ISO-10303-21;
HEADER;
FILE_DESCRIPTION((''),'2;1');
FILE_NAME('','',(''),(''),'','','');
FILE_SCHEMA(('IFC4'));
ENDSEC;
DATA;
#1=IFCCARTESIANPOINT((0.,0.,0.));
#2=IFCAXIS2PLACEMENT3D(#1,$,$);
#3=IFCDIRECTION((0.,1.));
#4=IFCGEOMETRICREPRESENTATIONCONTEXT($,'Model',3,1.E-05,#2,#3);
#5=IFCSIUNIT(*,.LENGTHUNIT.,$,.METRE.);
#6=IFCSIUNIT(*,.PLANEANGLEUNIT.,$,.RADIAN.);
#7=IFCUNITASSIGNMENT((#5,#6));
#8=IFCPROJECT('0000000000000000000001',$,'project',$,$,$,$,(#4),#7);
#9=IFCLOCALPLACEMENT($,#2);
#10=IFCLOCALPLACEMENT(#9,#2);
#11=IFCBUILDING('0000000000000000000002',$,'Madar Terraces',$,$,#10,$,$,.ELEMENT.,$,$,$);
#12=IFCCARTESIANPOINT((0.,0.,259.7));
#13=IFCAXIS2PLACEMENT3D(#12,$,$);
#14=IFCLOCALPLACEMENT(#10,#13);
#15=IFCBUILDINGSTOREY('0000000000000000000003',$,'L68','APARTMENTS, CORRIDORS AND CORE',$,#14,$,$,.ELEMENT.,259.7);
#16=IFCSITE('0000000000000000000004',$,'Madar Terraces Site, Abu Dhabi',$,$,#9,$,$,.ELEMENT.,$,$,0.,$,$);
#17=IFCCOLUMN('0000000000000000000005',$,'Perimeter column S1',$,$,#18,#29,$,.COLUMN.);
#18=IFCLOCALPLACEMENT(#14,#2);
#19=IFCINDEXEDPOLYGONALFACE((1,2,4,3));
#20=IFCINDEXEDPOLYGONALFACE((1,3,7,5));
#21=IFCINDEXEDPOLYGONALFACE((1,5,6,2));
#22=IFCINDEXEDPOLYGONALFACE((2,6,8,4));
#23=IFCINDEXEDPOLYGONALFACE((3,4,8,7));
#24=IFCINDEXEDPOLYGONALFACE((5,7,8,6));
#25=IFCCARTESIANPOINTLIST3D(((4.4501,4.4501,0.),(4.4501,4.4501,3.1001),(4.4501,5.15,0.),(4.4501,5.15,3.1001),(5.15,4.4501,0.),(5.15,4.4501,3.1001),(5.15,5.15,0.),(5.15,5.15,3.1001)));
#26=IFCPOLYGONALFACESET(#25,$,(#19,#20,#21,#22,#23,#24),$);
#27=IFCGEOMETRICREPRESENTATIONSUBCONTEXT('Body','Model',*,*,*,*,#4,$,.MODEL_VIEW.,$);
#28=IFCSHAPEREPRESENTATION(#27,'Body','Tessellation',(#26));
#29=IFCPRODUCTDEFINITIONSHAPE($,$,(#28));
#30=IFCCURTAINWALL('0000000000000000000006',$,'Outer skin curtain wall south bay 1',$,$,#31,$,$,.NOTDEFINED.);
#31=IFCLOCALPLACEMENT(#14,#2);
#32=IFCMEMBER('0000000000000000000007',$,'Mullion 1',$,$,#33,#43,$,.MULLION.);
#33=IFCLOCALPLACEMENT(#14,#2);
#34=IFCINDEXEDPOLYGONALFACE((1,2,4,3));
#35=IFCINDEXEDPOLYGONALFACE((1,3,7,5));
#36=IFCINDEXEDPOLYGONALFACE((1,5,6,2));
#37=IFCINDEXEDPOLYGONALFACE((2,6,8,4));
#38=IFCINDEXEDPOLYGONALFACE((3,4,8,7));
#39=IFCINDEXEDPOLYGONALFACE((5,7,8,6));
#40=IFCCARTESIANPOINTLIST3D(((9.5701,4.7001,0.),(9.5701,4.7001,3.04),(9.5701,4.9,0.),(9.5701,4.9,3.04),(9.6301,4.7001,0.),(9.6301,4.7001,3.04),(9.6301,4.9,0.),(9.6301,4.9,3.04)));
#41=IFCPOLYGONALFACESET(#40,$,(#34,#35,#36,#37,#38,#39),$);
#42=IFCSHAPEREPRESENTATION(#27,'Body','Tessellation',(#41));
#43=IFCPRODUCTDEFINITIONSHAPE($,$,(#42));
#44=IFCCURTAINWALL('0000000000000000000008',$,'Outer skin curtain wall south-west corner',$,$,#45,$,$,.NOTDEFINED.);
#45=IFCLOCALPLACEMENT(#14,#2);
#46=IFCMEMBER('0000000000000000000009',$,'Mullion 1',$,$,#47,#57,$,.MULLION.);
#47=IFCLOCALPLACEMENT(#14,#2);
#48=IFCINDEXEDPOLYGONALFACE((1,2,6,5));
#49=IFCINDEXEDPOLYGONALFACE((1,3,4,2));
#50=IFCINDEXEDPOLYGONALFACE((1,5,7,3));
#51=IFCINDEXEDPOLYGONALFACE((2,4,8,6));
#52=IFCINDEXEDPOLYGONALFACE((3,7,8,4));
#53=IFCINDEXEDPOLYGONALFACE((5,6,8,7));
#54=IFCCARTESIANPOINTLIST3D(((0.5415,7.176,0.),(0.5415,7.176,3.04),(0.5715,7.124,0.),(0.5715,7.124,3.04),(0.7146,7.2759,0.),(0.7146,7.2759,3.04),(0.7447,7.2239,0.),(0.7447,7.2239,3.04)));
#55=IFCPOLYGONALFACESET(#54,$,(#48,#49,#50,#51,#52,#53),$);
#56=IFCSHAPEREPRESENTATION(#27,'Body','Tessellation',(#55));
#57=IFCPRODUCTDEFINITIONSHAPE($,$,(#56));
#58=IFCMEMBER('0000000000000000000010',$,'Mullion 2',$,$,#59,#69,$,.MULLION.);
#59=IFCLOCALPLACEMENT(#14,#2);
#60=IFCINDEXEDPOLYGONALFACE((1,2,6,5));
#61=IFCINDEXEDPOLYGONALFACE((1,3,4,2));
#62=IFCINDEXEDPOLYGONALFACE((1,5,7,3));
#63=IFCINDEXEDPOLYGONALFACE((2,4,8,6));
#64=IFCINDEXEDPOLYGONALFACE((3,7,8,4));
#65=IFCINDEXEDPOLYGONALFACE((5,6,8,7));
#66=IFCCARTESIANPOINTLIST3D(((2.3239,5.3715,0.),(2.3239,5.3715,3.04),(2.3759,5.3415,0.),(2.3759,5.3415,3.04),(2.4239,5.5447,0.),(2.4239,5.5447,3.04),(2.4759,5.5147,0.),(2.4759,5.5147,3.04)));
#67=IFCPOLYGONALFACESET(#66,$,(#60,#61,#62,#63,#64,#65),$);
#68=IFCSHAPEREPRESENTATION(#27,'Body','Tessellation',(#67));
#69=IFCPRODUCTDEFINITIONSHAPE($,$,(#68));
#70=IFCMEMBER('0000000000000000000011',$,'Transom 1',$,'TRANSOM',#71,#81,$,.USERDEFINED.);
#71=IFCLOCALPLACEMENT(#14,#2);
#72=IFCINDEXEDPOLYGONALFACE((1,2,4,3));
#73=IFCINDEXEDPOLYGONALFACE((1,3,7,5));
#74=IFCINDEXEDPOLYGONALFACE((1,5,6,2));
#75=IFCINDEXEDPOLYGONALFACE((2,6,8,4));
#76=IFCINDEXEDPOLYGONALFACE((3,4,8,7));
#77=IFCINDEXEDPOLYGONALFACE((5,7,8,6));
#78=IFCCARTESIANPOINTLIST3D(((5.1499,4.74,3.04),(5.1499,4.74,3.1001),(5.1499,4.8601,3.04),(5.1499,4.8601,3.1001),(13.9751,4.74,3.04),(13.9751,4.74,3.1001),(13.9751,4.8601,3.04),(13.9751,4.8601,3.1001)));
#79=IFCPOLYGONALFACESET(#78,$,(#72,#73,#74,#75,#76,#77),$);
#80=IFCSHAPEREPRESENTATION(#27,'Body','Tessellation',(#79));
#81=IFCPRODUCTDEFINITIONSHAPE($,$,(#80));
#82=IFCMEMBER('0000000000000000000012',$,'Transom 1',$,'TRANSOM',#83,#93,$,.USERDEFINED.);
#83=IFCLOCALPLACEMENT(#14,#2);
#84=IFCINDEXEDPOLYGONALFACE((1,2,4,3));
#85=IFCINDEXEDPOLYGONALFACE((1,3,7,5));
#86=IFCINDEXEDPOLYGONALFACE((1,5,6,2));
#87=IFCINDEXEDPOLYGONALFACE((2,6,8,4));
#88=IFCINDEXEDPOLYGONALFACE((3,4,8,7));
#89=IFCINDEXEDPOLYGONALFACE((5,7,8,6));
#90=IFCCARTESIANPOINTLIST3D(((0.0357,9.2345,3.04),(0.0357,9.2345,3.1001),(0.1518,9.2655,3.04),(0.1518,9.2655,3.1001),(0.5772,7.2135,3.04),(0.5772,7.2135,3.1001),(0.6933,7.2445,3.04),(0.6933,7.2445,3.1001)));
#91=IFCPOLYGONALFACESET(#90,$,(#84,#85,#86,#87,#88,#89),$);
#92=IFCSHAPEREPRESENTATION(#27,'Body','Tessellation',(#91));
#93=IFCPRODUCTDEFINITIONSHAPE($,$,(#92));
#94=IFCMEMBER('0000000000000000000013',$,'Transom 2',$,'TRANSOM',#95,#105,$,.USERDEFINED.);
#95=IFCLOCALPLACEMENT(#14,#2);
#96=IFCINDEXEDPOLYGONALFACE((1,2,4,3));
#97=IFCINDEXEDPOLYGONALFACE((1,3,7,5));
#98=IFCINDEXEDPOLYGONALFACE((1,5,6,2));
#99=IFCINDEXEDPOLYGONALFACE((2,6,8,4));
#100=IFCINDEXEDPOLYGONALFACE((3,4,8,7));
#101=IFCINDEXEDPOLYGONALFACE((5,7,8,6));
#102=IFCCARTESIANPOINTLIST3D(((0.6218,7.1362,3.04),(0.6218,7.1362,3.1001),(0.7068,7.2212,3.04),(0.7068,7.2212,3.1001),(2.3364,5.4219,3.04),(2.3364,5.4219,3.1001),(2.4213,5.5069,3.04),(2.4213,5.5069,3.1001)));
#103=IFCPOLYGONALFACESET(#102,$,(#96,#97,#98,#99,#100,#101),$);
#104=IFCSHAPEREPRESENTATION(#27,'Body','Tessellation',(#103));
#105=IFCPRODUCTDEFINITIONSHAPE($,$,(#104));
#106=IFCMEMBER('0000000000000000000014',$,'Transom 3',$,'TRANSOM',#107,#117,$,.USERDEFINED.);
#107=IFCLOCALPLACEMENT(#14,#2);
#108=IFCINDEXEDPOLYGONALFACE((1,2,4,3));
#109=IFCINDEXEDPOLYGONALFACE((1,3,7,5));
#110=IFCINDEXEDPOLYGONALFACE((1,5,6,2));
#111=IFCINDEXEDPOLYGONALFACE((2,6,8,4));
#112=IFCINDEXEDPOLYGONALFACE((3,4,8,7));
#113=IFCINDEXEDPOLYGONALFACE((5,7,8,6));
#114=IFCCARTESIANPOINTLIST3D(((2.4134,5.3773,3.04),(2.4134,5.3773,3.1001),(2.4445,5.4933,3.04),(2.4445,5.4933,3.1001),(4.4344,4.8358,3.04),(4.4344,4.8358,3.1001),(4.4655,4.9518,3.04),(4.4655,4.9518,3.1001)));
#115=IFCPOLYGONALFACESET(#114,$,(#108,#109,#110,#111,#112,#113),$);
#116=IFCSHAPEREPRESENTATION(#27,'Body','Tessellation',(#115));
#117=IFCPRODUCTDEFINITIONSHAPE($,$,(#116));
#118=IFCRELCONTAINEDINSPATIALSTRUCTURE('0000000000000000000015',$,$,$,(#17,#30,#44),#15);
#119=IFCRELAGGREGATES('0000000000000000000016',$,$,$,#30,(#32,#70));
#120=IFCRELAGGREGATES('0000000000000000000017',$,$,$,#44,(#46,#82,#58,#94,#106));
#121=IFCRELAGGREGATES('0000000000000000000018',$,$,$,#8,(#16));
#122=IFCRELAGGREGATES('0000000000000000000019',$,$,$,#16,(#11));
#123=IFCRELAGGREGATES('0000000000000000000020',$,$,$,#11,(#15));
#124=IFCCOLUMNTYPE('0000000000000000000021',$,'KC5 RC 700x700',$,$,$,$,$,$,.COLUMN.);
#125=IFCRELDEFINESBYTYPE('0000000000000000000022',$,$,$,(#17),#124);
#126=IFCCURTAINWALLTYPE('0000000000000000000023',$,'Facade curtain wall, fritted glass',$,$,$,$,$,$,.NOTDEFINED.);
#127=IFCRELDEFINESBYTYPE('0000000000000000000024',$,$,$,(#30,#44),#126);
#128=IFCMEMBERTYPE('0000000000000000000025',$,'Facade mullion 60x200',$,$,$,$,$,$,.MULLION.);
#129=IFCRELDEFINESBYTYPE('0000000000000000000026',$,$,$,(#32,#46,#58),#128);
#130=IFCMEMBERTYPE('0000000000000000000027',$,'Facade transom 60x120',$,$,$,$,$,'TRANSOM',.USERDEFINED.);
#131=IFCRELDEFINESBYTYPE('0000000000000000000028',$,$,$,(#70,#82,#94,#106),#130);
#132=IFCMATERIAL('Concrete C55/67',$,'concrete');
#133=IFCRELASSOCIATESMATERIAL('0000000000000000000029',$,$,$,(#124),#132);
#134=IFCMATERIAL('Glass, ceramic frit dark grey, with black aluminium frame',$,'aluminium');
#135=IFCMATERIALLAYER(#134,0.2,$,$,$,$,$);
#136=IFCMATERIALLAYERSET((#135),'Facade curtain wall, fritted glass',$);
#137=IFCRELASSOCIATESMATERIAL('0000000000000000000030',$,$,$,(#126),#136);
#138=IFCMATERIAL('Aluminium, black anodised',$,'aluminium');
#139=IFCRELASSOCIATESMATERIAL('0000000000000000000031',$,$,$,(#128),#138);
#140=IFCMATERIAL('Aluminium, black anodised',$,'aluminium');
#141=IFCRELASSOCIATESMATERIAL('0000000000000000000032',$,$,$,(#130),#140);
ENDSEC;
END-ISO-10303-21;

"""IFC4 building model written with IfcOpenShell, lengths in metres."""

from ifc_helpers import new_model, si_unit, direction, frame, origin, origin_2d, place, context, subcontext, project, spatial, rectangle, extrude, material, layer, layer_set, material_profile, profile_set, type_object, element, aggregate, save


model = new_model("IFC4")

# Units and contexts
model_context = context("Model", 3, precision=1e-05, world=origin(), true_north=direction((0.0, 1.0)))
body_context = subcontext(model_context, "Body", "Model", "MODEL_VIEW")
ifc_project = project(units=[si_unit("LENGTHUNIT", "METRE"), si_unit("PLANEANGLEUNIT", "RADIAN")], contexts=[model_context])

# Site, building, storey
site_placement = place(None, origin())
site = spatial("IfcSite", under=ifc_project, at=site_placement, Name="Madar Terraces Site, Abu Dhabi", CompositionType="ELEMENT", RefElevation=0.0)
building_placement = place(site_placement, origin())
building = spatial("IfcBuilding", under=site, at=building_placement, Name="Madar Terraces", CompositionType="ELEMENT")
storey_placement = place(building_placement, frame((0.0, 0.0, 259.7)))
storey = spatial("IfcBuildingStorey", under=building, at=storey_placement, Name="L68", Description="APARTMENTS, CORRIDORS AND CORE", CompositionType="ELEMENT", Elevation=259.7)

# Column
ifc_material_1 = material(Name="Concrete C55/67", Category="concrete")
ifc_material_profile_1 = material_profile(ifc_material_1, rectangle(XDim=0.7, YDim=0.7, at=origin_2d()), Name="KC5 RC 700x700")
ifc_profile_set_1 = profile_set([ifc_material_profile_1], Name="Concrete C55/67")
column_type = type_object("IfcColumnType", Name="KC5 RC 700x700", PredefinedType="COLUMN", material=ifc_profile_set_1)
column_placement = place(storey_placement, frame((4.8, 4.8, 0.0), z_axis=(0.0, 0.0, 1.0), x_axis=(1.0, 0.0, 0.0)))
element("IfcColumn", 1, at=column_placement, inside=storey, type_object=column_type, Name="Perimeter column S1", PredefinedType="COLUMN", context=body_context, shape_type="SweptSolid", body=[
    extrude(rectangle(XDim=0.7, YDim=0.7, at=origin_2d()), origin(), (0.0, 0.0, 1.0), 3.1001),
])

# Curtain wall, member
ifc_material_2 = material(Name="Glass, ceramic frit dark grey, with black aluminium frame", Category="aluminium")
ifc_layer_1 = layer(ifc_material_2, 0.2)
ifc_layer_set_1 = layer_set([ifc_layer_1], Name="Facade curtain wall, fritted glass")
curtain_wall_type = type_object("IfcCurtainWallType", Name="Facade curtain wall, fritted glass", PredefinedType="NOTDEFINED", material=ifc_layer_set_1)
curtain_wall_1_placement = place(storey_placement, origin())
curtain_wall_1 = element("IfcCurtainWall", 2, at=curtain_wall_1_placement, inside=storey, type_object=curtain_wall_type, Name="Outer skin curtain wall south bay 1", PredefinedType="NOTDEFINED")
ifc_material_3 = material(Name="Aluminium, black anodised", Category="aluminium")
ifc_material_profile_2 = material_profile(ifc_material_3, rectangle(XDim=0.2, YDim=0.0601, at=origin_2d()), Name="Facade mullion 60x200")
ifc_profile_set_2 = profile_set([ifc_material_profile_2], Name="Aluminium, black anodised")
member_type_1 = type_object("IfcMemberType", Name="Facade mullion 60x200", PredefinedType="MULLION", material=ifc_profile_set_2)
member_1_placement = place(storey_placement, frame((9.6001, 4.8, 0.0), z_axis=(0.0, 0.0, 1.0), x_axis=(0.0, 1.0, 0.0)))
member_1 = element("IfcMember", 3, at=member_1_placement, type_object=member_type_1, Name="Mullion 1", PredefinedType="MULLION", context=body_context, shape_type="SweptSolid", body=[
    extrude(rectangle(XDim=0.2, YDim=0.0601, at=origin_2d()), origin(), (0.0, 0.0, 1.0), 3.04),
])

# Curtain wall, members
curtain_wall_2_placement = place(storey_placement, origin())
curtain_wall_2 = element("IfcCurtainWall", 4, at=curtain_wall_2_placement, inside=storey, type_object=curtain_wall_type, Name="Outer skin curtain wall south-west corner", PredefinedType="NOTDEFINED")
member_2_placement = place(storey_placement, frame((0.6431, 7.2, 0.0), z_axis=(0.0, 0.0, 1.0), x_axis=(0.866025, 0.5, 0.0)))
member_2 = element("IfcMember", 5, at=member_2_placement, type_object=member_type_1, Name="Mullion 1", PredefinedType="MULLION", context=body_context, shape_type="SweptSolid", body=[
    extrude(rectangle(XDim=0.2, YDim=0.0601, at=origin_2d()), origin(), (0.0, 0.0, 1.0), 3.04),
])
member_3_placement = place(storey_placement, frame((2.3999, 5.4431, 0.0), z_axis=(0.0, 0.0, 1.0), x_axis=(0.5, 0.866025, 0.0)))
member_3 = element("IfcMember", 6, at=member_3_placement, type_object=member_type_1, Name="Mullion 2", PredefinedType="MULLION", context=body_context, shape_type="SweptSolid", body=[
    extrude(rectangle(XDim=0.2, YDim=0.0601, at=origin_2d()), origin(), (0.0, 0.0, 1.0), 3.04),
])

# Members
ifc_material_4 = material(Name="Aluminium, black anodised", Category="aluminium")
ifc_material_profile_3 = material_profile(ifc_material_4, rectangle(XDim=0.1201, YDim=0.0601, at=origin_2d()), Name="Facade transom 60x120")
ifc_profile_set_3 = profile_set([ifc_material_profile_3], Name="Aluminium, black anodised")
member_type_2 = type_object("IfcMemberType", Name="Facade transom 60x120", ElementType="TRANSOM", PredefinedType="USERDEFINED", material=ifc_profile_set_3)
member_4_placement = place(storey_placement, frame((5.1499, 4.8, 3.0701), z_axis=(1.0, 0.0, 0.0), x_axis=(0.0, 1.0, 0.0)))
member_4 = element("IfcMember", 7, at=member_4_placement, type_object=member_type_2, Name="Transom 1", ObjectType="TRANSOM", PredefinedType="USERDEFINED", context=body_context, shape_type="SweptSolid", body=[
    extrude(rectangle(XDim=0.1201, YDim=0.0601, at=origin_2d()), origin(), (0.0, 0.0, 1.0), 8.8252),
])
member_5_placement = place(storey_placement, frame((0.0938, 9.25, 3.0701), z_axis=(0.25881, -0.965928, 0.0), x_axis=(0.965928, 0.25881, 0.0)))
member_5 = element("IfcMember", 8, at=member_5_placement, type_object=member_type_2, Name="Transom 1", ObjectType="TRANSOM", PredefinedType="USERDEFINED", context=body_context, shape_type="SweptSolid", body=[
    extrude(rectangle(XDim=0.1201, YDim=0.0601, at=origin_2d()), origin(), (0.0, 0.0, 1.0), 2.0923),
])
member_6_placement = place(storey_placement, frame((0.6643, 7.1787, 3.0701), z_axis=(0.707157, -0.707056, 0.0), x_axis=(0.707056, 0.707157, 0.0)))
member_6 = element("IfcMember", 9, at=member_6_placement, type_object=member_type_2, Name="Transom 2", ObjectType="TRANSOM", PredefinedType="USERDEFINED", context=body_context, shape_type="SweptSolid", body=[
    extrude(rectangle(XDim=0.1201, YDim=0.0601, at=origin_2d()), origin(), (0.0, 0.0, 1.0), 2.4246),
])
member_7_placement = place(storey_placement, frame((2.429, 5.4353, 3.0701), z_axis=(0.965928, -0.25881, 0.0), x_axis=(0.25881, 0.965928, 0.0)))
member_7 = element("IfcMember", 10, at=member_7_placement, type_object=member_type_2, Name="Transom 3", ObjectType="TRANSOM", PredefinedType="USERDEFINED", context=body_context, shape_type="SweptSolid", body=[
    extrude(rectangle(XDim=0.1201, YDim=0.0601, at=origin_2d()), origin(), (0.0, 0.0, 1.0), 2.0923),
])

aggregate(curtain_wall_1, [member_1, member_4])
aggregate(curtain_wall_2, [member_2, member_5, member_3, member_6, member_7])

save(model, "model.ifc")
